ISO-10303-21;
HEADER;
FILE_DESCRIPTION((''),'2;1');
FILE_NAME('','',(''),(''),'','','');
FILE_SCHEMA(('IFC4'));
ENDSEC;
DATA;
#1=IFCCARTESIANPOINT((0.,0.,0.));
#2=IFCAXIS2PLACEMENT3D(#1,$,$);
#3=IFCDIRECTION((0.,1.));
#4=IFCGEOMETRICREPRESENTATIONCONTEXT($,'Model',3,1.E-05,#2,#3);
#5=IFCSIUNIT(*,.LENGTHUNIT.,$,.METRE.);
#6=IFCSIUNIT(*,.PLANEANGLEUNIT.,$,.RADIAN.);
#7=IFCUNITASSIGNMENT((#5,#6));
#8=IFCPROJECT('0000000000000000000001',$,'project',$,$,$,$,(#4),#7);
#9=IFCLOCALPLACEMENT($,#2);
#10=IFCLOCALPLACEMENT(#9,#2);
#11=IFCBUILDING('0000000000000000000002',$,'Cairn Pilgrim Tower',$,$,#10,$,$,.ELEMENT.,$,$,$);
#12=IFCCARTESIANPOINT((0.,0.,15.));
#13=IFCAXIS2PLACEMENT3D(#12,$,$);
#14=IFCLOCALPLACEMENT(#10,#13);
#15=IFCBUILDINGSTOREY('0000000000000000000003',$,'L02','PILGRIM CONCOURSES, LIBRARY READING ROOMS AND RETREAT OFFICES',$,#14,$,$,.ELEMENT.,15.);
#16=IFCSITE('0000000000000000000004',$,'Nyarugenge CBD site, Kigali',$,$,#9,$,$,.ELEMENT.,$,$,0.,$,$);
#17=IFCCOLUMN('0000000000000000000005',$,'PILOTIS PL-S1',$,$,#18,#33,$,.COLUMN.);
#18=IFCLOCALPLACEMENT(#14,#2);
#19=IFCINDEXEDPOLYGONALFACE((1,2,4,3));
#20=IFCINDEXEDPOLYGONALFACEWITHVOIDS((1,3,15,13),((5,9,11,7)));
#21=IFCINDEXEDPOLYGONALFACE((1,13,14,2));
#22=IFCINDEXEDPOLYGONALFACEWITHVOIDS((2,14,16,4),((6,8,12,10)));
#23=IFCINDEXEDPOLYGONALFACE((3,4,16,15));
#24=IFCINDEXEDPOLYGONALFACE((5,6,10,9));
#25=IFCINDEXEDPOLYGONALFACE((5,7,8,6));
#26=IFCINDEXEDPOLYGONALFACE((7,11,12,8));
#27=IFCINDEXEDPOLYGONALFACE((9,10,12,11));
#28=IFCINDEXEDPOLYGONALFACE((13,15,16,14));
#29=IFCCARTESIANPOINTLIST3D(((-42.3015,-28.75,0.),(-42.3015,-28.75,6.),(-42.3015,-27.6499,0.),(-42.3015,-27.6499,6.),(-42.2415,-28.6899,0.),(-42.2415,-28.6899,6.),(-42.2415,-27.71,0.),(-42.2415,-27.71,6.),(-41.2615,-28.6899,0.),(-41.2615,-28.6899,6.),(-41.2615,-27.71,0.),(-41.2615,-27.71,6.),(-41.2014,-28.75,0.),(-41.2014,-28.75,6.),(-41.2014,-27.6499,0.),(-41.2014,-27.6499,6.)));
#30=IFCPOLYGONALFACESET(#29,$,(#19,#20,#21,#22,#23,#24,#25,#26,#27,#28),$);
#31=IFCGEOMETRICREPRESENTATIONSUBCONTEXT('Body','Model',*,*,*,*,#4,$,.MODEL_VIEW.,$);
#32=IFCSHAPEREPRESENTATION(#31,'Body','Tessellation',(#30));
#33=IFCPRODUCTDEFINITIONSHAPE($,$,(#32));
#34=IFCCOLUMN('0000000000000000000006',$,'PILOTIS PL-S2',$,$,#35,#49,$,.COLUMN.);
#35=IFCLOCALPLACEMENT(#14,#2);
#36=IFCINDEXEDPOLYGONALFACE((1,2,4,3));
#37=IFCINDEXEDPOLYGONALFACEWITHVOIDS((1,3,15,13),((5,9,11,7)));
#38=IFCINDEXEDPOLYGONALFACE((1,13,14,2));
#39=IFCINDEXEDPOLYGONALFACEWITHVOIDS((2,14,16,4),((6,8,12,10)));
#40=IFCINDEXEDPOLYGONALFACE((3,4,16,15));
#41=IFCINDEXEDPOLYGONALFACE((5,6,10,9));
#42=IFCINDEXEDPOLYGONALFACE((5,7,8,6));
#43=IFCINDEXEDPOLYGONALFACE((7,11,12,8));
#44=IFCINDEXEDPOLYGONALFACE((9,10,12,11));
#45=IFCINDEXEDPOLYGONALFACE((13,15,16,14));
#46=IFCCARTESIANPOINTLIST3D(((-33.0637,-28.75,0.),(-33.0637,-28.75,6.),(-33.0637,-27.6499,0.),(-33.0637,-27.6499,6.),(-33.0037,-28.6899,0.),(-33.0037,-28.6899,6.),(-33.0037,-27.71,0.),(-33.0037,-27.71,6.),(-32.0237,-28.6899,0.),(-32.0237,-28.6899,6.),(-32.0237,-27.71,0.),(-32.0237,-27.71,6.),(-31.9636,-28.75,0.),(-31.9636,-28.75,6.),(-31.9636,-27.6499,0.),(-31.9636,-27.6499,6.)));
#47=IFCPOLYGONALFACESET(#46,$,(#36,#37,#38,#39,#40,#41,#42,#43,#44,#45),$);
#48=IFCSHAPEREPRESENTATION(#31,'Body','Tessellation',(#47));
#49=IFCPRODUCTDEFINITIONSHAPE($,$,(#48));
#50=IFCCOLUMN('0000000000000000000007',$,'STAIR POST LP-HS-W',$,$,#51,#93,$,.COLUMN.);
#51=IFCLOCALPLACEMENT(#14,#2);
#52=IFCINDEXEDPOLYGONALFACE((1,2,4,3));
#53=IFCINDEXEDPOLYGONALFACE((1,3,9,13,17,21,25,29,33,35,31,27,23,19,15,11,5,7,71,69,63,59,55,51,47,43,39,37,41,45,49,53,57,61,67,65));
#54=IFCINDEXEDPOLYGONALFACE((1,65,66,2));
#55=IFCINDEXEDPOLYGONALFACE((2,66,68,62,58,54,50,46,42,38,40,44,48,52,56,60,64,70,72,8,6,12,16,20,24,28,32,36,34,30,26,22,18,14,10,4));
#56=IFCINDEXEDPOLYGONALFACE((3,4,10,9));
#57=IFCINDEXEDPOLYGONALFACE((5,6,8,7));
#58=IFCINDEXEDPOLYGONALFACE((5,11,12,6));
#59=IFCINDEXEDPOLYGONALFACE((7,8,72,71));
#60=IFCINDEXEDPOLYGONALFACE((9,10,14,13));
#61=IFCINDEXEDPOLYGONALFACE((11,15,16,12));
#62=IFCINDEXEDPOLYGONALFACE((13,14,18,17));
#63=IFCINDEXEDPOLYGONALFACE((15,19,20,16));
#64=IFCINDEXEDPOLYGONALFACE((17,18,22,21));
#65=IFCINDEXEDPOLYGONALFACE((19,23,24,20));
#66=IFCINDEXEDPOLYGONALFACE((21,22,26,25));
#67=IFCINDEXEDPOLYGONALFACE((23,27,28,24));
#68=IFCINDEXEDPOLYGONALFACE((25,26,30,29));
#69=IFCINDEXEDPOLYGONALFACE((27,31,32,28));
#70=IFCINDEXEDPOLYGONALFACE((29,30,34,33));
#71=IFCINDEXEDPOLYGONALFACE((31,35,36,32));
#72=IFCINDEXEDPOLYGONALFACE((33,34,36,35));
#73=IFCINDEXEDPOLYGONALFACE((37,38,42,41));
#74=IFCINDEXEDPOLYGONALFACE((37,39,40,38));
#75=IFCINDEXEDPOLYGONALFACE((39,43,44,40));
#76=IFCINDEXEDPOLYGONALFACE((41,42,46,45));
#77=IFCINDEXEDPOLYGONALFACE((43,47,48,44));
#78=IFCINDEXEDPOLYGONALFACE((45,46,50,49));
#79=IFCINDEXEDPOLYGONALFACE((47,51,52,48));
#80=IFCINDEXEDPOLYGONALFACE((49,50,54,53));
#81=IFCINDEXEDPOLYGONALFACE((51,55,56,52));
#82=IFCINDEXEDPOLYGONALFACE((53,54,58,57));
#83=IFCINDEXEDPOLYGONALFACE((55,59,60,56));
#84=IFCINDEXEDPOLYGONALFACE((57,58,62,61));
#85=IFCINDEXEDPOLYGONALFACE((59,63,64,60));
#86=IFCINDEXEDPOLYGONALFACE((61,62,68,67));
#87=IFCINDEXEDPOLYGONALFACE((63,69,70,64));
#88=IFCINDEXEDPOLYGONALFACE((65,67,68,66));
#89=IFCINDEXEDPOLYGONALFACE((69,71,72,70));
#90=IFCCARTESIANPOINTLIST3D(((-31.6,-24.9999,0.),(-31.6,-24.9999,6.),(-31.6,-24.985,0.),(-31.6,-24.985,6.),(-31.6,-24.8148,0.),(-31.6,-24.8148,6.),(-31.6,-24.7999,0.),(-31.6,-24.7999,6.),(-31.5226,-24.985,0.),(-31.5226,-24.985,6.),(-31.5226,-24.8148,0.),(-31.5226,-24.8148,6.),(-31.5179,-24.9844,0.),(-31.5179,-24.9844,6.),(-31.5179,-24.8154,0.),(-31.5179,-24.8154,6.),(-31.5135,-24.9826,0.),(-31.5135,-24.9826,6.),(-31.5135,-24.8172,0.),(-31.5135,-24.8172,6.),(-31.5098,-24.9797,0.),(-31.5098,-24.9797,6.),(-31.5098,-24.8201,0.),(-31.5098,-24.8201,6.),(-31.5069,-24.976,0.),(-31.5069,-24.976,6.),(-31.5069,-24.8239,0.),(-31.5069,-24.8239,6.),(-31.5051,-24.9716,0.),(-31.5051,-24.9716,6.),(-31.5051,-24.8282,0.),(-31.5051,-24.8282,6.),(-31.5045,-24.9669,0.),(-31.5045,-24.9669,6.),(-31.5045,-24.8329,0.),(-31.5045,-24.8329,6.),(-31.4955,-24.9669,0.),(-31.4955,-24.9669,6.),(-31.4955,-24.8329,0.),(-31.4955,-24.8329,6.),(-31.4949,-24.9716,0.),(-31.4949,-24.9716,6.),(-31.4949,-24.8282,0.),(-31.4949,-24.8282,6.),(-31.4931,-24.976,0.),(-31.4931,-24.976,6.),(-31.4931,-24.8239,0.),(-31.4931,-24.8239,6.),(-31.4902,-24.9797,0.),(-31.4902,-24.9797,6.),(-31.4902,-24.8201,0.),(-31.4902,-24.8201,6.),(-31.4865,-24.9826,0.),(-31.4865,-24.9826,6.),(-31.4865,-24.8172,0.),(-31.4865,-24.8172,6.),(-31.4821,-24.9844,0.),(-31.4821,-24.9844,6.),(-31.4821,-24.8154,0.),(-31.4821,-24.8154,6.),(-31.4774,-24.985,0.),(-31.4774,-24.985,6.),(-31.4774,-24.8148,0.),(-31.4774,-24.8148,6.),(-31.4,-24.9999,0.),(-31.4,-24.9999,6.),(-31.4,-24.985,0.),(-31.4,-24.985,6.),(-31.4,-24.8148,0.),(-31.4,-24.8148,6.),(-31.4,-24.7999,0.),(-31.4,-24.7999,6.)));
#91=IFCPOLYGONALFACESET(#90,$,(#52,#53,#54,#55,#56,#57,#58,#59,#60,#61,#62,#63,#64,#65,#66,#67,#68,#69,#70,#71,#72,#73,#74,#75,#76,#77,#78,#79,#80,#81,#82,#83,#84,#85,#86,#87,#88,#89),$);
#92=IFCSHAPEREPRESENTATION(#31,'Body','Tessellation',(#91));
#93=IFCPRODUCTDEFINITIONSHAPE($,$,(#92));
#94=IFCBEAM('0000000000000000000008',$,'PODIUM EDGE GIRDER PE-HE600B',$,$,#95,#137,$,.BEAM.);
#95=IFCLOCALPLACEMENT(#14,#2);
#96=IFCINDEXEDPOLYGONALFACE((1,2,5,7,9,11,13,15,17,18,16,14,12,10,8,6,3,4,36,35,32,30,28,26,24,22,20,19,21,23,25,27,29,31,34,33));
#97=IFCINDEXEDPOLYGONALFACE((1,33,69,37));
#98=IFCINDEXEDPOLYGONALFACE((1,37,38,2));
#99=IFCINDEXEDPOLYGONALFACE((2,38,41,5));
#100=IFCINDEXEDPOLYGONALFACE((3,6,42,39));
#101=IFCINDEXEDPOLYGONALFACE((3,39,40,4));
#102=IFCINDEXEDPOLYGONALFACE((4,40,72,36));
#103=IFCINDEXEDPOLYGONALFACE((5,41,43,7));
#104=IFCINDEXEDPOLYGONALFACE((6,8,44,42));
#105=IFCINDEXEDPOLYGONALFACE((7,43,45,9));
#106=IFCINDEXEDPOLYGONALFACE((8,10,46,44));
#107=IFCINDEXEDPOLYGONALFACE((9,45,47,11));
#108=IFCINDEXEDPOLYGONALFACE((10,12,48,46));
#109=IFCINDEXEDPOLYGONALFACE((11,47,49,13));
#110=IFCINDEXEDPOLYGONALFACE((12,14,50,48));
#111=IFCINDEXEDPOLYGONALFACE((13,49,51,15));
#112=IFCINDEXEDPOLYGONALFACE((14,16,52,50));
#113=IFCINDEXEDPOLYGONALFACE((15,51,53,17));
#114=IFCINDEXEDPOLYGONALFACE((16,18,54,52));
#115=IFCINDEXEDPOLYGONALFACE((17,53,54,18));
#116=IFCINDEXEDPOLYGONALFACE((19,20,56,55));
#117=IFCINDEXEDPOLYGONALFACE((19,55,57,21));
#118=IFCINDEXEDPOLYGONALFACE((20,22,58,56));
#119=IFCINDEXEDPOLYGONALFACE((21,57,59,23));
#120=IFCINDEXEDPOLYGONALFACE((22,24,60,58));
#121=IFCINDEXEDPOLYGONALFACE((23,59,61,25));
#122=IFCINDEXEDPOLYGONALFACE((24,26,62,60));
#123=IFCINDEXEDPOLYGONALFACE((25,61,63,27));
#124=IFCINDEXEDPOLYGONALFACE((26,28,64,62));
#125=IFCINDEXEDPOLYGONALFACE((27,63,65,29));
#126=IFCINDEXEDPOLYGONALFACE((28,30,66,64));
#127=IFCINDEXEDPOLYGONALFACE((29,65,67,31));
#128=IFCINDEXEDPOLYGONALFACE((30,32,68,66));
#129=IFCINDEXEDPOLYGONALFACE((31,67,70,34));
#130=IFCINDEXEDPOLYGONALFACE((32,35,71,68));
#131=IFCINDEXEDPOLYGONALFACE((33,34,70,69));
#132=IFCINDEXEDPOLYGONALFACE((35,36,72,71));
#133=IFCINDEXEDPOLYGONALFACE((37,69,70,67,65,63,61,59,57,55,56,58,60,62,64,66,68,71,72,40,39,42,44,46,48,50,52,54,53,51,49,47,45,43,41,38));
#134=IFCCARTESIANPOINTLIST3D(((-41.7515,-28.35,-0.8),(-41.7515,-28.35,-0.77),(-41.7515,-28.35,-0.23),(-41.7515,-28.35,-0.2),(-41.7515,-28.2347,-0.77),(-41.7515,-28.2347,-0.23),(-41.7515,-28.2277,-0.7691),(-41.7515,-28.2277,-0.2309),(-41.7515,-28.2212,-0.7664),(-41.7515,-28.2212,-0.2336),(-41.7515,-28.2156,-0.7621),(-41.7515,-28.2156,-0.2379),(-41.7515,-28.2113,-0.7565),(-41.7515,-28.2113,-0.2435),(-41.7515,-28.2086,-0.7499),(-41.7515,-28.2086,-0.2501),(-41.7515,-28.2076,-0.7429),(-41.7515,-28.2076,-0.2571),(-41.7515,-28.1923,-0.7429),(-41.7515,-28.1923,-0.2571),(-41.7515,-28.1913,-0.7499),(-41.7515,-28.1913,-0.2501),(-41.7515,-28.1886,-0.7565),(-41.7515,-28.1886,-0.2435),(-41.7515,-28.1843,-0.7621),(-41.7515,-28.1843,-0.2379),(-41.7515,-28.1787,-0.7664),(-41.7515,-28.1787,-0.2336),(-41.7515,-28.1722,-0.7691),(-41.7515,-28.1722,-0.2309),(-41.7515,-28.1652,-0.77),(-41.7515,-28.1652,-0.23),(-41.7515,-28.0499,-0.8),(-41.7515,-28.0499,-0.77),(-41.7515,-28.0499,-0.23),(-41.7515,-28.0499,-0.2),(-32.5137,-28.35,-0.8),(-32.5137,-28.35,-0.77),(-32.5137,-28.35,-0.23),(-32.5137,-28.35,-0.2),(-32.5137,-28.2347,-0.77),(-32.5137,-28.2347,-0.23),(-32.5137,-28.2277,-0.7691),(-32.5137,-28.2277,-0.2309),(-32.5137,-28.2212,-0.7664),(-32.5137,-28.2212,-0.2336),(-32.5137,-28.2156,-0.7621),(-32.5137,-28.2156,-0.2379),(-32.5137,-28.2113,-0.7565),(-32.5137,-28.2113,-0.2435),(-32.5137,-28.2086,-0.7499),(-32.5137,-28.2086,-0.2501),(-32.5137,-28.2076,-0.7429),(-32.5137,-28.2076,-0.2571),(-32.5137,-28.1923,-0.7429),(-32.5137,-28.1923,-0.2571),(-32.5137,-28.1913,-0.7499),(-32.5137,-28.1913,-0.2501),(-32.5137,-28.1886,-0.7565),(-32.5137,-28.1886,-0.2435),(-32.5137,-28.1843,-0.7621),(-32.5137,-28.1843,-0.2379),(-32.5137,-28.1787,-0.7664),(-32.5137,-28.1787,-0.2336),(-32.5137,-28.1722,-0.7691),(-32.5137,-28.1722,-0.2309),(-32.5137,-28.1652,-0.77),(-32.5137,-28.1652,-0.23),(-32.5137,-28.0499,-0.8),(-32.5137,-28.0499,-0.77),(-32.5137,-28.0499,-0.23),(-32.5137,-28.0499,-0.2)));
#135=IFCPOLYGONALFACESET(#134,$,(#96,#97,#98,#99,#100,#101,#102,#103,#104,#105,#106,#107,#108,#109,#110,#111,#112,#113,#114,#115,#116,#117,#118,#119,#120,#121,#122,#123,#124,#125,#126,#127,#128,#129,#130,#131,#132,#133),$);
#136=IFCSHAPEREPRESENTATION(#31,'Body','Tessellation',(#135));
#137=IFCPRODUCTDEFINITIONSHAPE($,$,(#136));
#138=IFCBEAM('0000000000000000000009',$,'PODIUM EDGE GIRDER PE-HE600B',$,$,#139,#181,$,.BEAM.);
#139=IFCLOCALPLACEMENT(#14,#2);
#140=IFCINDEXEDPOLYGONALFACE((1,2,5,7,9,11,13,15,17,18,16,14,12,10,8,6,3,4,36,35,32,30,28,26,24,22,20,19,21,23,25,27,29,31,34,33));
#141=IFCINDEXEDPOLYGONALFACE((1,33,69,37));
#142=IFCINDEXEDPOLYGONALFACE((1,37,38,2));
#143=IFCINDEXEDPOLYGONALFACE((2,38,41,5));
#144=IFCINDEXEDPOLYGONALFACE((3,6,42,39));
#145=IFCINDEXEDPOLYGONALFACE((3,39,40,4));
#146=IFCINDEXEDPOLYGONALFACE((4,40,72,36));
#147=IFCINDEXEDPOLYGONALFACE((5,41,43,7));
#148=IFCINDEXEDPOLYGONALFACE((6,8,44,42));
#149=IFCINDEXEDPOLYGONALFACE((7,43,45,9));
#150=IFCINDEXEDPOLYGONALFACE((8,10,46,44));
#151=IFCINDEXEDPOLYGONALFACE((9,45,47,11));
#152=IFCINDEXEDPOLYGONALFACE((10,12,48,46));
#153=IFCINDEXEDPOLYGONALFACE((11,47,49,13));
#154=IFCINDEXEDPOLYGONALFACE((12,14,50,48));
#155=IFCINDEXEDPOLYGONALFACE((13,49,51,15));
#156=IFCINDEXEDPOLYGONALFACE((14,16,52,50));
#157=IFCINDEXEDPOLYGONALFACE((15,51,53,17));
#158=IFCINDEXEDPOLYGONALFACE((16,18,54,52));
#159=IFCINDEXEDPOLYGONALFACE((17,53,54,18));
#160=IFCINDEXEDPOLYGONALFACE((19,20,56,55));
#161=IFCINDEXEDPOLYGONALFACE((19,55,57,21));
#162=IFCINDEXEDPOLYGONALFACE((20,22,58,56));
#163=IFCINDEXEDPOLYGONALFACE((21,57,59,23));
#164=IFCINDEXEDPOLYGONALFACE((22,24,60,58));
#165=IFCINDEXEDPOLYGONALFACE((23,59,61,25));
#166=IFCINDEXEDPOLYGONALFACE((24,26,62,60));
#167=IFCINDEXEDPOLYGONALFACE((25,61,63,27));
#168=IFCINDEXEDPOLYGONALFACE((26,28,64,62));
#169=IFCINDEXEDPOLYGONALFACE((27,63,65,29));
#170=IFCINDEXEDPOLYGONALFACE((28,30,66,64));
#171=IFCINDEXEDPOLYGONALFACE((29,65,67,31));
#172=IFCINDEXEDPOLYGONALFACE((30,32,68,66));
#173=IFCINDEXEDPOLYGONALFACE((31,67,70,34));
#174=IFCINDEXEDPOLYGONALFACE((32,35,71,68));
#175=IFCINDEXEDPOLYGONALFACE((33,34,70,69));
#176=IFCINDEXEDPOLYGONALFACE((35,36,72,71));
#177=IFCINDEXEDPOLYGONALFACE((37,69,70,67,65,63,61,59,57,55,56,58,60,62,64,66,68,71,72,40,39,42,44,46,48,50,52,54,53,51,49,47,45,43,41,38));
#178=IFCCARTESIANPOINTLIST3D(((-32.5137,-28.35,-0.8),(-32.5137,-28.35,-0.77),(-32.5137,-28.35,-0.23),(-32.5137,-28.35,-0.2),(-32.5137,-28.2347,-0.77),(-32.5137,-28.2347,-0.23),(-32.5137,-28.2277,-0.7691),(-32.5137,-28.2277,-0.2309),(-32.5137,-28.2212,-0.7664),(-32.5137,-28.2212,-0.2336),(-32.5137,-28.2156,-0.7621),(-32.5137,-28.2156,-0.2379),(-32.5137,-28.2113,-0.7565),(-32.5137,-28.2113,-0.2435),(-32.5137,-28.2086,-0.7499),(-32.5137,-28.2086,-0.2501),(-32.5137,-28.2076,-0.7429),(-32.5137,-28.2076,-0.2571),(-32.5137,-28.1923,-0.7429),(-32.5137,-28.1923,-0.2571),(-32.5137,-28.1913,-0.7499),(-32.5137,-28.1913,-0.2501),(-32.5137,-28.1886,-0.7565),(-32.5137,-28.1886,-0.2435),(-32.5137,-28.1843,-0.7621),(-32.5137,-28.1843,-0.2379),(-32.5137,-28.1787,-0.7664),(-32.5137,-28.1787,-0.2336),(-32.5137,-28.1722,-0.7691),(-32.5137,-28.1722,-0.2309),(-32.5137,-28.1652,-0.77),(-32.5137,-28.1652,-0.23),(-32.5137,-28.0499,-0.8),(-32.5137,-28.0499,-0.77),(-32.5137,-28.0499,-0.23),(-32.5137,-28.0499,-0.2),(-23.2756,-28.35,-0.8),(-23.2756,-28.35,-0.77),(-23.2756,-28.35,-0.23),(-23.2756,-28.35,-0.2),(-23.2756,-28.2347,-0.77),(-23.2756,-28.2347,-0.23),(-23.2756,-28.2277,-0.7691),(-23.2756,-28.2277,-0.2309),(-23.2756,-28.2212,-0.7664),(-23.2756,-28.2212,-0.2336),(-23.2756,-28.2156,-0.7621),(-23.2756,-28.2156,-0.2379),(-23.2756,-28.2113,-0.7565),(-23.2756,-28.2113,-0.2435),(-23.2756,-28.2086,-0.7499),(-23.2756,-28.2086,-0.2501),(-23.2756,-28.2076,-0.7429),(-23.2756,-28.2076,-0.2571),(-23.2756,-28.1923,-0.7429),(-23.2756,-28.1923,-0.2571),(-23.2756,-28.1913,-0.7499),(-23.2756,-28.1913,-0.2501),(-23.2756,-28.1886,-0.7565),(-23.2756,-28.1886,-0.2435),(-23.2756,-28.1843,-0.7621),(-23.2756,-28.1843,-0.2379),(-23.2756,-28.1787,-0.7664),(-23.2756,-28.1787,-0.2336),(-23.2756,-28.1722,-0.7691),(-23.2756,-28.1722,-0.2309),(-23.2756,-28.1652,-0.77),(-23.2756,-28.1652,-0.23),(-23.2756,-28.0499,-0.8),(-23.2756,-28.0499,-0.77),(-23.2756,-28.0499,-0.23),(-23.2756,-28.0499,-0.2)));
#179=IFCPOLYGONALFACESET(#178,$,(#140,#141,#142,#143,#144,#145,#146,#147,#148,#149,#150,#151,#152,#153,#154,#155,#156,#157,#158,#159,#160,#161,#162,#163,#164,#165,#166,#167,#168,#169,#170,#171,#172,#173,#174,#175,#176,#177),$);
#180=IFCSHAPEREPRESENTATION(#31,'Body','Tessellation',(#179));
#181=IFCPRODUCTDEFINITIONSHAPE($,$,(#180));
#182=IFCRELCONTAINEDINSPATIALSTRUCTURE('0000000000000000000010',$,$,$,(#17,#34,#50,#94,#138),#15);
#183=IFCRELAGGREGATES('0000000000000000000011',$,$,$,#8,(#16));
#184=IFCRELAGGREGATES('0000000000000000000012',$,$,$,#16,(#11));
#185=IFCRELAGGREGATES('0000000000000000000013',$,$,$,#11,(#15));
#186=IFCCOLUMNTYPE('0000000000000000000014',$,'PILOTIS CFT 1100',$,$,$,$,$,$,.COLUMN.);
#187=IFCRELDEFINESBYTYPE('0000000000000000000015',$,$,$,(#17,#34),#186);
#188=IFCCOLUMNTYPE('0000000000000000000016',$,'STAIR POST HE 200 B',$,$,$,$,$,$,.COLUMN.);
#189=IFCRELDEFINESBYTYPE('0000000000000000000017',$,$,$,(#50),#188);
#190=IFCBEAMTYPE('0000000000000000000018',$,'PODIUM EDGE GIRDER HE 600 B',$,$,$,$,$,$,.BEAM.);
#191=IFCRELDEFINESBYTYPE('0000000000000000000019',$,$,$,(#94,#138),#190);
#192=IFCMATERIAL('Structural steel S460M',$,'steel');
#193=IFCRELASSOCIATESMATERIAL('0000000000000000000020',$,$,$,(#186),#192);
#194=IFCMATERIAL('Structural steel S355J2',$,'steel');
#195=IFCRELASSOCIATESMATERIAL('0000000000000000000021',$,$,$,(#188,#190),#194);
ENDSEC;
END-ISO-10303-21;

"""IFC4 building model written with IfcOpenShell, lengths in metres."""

from ifc_helpers import new_model, si_unit, direction, frame, origin, origin_2d, place, context, subcontext, project, spatial, hollow_rectangle, i_section, extrude, material, material_profile, profile_set, type_object, element, save


model = new_model("IFC4")

# Units and contexts
model_context = context("Model", 3, precision=1e-05, world=origin(), true_north=direction((0.0, 1.0)))
body_context = subcontext(model_context, "Body", "Model", "MODEL_VIEW")
ifc_project = project(units=[si_unit("LENGTHUNIT", "METRE"), si_unit("PLANEANGLEUNIT", "RADIAN")], contexts=[model_context])

# Site, building, storey
site_placement = place(None, origin())
site = spatial("IfcSite", under=ifc_project, at=site_placement, Name="Nyarugenge CBD site, Kigali", CompositionType="ELEMENT", RefElevation=0.0)
building_placement = place(site_placement, origin())
building = spatial("IfcBuilding", under=site, at=building_placement, Name="Cairn Pilgrim Tower", CompositionType="ELEMENT")
storey_placement = place(building_placement, frame((0.0, 0.0, 15.0)))
storey = spatial("IfcBuildingStorey", under=building, at=storey_placement, Name="L02", Description="PILGRIM CONCOURSES, LIBRARY READING ROOMS AND RETREAT OFFICES", CompositionType="ELEMENT", Elevation=15.0)

# Columns
ifc_material_1 = material(Name="Structural steel S460M", Category="steel")
ifc_material_profile_1 = material_profile(ifc_material_1, hollow_rectangle(XDim=1.1001, YDim=1.1001, WallThickness=0.0601, at=origin_2d()), Name="BOX 1100x1100x60")
ifc_profile_set_1 = profile_set([ifc_material_profile_1], Name="Structural steel S460M")
column_type_1 = type_object("IfcColumnType", Name="PILOTIS CFT 1100", PredefinedType="COLUMN", material=ifc_profile_set_1)
for number, where, z_axis, x_axis, name in (
    (1, (-41.7515, -28.2, 0.0), (0.0, 0.0, 1.0), (1.0, 0.0, 0.0), "PILOTIS PL-S1"),
    (2, (-32.5137, -28.2, 0.0), (0.0, 0.0, 1.0), (1.0, 0.0, 0.0), "PILOTIS PL-S2"),
):
    element("IfcColumn", number, at=place(storey_placement, frame(where, z_axis=z_axis, x_axis=x_axis)), inside=storey, type_object=column_type_1, Name=name, PredefinedType="COLUMN", context=body_context, shape_type="SweptSolid", body=[
        extrude(hollow_rectangle(XDim=1.1001, YDim=1.1001, WallThickness=0.0601, at=origin_2d()), origin(), (0.0, 0.0, 1.0), 6.0),
    ])
ifc_material_2 = material(Name="Structural steel S355J2", Category="steel")
ifc_material_profile_2 = material_profile(ifc_material_2, i_section(OverallWidth=0.2, OverallDepth=0.2, WebThickness=0.009, FlangeThickness=0.0149, FilletRadius=0.0181, at=origin_2d()), Name="HE 200 B")
ifc_profile_set_2 = profile_set([ifc_material_profile_2], Name="Structural steel S355J2")
column_type_2 = type_object("IfcColumnType", Name="STAIR POST HE 200 B", PredefinedType="COLUMN", material=ifc_profile_set_2)
column_placement = place(storey_placement, frame((-31.5, -24.8999, 0.0), z_axis=(0.0, 0.0, 1.0), x_axis=(1.0, 0.0, 0.0)))
element("IfcColumn", 3, at=column_placement, inside=storey, type_object=column_type_2, Name="STAIR POST LP-HS-W", PredefinedType="COLUMN", context=body_context, shape_type="SweptSolid", body=[
    extrude(i_section(OverallWidth=0.2, OverallDepth=0.2, WebThickness=0.009, FlangeThickness=0.0149, FilletRadius=0.0181, at=origin_2d()), origin(), (0.0, 0.0, 1.0), 6.0),
])

# Beams
ifc_material_profile_3 = material_profile(ifc_material_2, i_section(OverallWidth=0.3, OverallDepth=0.6001, WebThickness=0.0154, FlangeThickness=0.03, FilletRadius=0.0271, at=origin_2d()), Name="HEB 600")
ifc_profile_set_3 = profile_set([ifc_material_profile_3], Name="Structural steel S355J2")
beam_type_1 = type_object("IfcBeamType", Name="PODIUM EDGE GIRDER HE 600 B", PredefinedType="BEAM", material=ifc_profile_set_3)
beam_1_placement = place(storey_placement, frame((-41.7515, -28.2, -0.5), z_axis=(1.0, 0.0, 0.0), x_axis=(0.0, 1.0, 0.0)))
element("IfcBeam", 4, at=beam_1_placement, inside=storey, type_object=beam_type_1, Name="PODIUM EDGE GIRDER PE-HE600B", PredefinedType="BEAM", context=body_context, shape_type="SweptSolid", body=[
    extrude(i_section(OverallWidth=0.3, OverallDepth=0.6001, WebThickness=0.0154, FlangeThickness=0.03, FilletRadius=0.0271, at=origin_2d()), origin(), (0.0, 0.0, 1.0), 9.2378),
])
beam_2_placement = place(storey_placement, frame((-32.5137, -28.2, -0.5), z_axis=(1.0, 0.0, 0.0), x_axis=(0.0, 1.0, 0.0)))
element("IfcBeam", 5, at=beam_2_placement, inside=storey, type_object=beam_type_1, Name="PODIUM EDGE GIRDER PE-HE600B", PredefinedType="BEAM", context=body_context, shape_type="SweptSolid", body=[
    extrude(i_section(OverallWidth=0.3, OverallDepth=0.6001, WebThickness=0.0154, FlangeThickness=0.03, FilletRadius=0.0271, at=origin_2d()), origin(), (0.0, 0.0, 1.0), 9.238),
])

save(model, "model.ifc")
